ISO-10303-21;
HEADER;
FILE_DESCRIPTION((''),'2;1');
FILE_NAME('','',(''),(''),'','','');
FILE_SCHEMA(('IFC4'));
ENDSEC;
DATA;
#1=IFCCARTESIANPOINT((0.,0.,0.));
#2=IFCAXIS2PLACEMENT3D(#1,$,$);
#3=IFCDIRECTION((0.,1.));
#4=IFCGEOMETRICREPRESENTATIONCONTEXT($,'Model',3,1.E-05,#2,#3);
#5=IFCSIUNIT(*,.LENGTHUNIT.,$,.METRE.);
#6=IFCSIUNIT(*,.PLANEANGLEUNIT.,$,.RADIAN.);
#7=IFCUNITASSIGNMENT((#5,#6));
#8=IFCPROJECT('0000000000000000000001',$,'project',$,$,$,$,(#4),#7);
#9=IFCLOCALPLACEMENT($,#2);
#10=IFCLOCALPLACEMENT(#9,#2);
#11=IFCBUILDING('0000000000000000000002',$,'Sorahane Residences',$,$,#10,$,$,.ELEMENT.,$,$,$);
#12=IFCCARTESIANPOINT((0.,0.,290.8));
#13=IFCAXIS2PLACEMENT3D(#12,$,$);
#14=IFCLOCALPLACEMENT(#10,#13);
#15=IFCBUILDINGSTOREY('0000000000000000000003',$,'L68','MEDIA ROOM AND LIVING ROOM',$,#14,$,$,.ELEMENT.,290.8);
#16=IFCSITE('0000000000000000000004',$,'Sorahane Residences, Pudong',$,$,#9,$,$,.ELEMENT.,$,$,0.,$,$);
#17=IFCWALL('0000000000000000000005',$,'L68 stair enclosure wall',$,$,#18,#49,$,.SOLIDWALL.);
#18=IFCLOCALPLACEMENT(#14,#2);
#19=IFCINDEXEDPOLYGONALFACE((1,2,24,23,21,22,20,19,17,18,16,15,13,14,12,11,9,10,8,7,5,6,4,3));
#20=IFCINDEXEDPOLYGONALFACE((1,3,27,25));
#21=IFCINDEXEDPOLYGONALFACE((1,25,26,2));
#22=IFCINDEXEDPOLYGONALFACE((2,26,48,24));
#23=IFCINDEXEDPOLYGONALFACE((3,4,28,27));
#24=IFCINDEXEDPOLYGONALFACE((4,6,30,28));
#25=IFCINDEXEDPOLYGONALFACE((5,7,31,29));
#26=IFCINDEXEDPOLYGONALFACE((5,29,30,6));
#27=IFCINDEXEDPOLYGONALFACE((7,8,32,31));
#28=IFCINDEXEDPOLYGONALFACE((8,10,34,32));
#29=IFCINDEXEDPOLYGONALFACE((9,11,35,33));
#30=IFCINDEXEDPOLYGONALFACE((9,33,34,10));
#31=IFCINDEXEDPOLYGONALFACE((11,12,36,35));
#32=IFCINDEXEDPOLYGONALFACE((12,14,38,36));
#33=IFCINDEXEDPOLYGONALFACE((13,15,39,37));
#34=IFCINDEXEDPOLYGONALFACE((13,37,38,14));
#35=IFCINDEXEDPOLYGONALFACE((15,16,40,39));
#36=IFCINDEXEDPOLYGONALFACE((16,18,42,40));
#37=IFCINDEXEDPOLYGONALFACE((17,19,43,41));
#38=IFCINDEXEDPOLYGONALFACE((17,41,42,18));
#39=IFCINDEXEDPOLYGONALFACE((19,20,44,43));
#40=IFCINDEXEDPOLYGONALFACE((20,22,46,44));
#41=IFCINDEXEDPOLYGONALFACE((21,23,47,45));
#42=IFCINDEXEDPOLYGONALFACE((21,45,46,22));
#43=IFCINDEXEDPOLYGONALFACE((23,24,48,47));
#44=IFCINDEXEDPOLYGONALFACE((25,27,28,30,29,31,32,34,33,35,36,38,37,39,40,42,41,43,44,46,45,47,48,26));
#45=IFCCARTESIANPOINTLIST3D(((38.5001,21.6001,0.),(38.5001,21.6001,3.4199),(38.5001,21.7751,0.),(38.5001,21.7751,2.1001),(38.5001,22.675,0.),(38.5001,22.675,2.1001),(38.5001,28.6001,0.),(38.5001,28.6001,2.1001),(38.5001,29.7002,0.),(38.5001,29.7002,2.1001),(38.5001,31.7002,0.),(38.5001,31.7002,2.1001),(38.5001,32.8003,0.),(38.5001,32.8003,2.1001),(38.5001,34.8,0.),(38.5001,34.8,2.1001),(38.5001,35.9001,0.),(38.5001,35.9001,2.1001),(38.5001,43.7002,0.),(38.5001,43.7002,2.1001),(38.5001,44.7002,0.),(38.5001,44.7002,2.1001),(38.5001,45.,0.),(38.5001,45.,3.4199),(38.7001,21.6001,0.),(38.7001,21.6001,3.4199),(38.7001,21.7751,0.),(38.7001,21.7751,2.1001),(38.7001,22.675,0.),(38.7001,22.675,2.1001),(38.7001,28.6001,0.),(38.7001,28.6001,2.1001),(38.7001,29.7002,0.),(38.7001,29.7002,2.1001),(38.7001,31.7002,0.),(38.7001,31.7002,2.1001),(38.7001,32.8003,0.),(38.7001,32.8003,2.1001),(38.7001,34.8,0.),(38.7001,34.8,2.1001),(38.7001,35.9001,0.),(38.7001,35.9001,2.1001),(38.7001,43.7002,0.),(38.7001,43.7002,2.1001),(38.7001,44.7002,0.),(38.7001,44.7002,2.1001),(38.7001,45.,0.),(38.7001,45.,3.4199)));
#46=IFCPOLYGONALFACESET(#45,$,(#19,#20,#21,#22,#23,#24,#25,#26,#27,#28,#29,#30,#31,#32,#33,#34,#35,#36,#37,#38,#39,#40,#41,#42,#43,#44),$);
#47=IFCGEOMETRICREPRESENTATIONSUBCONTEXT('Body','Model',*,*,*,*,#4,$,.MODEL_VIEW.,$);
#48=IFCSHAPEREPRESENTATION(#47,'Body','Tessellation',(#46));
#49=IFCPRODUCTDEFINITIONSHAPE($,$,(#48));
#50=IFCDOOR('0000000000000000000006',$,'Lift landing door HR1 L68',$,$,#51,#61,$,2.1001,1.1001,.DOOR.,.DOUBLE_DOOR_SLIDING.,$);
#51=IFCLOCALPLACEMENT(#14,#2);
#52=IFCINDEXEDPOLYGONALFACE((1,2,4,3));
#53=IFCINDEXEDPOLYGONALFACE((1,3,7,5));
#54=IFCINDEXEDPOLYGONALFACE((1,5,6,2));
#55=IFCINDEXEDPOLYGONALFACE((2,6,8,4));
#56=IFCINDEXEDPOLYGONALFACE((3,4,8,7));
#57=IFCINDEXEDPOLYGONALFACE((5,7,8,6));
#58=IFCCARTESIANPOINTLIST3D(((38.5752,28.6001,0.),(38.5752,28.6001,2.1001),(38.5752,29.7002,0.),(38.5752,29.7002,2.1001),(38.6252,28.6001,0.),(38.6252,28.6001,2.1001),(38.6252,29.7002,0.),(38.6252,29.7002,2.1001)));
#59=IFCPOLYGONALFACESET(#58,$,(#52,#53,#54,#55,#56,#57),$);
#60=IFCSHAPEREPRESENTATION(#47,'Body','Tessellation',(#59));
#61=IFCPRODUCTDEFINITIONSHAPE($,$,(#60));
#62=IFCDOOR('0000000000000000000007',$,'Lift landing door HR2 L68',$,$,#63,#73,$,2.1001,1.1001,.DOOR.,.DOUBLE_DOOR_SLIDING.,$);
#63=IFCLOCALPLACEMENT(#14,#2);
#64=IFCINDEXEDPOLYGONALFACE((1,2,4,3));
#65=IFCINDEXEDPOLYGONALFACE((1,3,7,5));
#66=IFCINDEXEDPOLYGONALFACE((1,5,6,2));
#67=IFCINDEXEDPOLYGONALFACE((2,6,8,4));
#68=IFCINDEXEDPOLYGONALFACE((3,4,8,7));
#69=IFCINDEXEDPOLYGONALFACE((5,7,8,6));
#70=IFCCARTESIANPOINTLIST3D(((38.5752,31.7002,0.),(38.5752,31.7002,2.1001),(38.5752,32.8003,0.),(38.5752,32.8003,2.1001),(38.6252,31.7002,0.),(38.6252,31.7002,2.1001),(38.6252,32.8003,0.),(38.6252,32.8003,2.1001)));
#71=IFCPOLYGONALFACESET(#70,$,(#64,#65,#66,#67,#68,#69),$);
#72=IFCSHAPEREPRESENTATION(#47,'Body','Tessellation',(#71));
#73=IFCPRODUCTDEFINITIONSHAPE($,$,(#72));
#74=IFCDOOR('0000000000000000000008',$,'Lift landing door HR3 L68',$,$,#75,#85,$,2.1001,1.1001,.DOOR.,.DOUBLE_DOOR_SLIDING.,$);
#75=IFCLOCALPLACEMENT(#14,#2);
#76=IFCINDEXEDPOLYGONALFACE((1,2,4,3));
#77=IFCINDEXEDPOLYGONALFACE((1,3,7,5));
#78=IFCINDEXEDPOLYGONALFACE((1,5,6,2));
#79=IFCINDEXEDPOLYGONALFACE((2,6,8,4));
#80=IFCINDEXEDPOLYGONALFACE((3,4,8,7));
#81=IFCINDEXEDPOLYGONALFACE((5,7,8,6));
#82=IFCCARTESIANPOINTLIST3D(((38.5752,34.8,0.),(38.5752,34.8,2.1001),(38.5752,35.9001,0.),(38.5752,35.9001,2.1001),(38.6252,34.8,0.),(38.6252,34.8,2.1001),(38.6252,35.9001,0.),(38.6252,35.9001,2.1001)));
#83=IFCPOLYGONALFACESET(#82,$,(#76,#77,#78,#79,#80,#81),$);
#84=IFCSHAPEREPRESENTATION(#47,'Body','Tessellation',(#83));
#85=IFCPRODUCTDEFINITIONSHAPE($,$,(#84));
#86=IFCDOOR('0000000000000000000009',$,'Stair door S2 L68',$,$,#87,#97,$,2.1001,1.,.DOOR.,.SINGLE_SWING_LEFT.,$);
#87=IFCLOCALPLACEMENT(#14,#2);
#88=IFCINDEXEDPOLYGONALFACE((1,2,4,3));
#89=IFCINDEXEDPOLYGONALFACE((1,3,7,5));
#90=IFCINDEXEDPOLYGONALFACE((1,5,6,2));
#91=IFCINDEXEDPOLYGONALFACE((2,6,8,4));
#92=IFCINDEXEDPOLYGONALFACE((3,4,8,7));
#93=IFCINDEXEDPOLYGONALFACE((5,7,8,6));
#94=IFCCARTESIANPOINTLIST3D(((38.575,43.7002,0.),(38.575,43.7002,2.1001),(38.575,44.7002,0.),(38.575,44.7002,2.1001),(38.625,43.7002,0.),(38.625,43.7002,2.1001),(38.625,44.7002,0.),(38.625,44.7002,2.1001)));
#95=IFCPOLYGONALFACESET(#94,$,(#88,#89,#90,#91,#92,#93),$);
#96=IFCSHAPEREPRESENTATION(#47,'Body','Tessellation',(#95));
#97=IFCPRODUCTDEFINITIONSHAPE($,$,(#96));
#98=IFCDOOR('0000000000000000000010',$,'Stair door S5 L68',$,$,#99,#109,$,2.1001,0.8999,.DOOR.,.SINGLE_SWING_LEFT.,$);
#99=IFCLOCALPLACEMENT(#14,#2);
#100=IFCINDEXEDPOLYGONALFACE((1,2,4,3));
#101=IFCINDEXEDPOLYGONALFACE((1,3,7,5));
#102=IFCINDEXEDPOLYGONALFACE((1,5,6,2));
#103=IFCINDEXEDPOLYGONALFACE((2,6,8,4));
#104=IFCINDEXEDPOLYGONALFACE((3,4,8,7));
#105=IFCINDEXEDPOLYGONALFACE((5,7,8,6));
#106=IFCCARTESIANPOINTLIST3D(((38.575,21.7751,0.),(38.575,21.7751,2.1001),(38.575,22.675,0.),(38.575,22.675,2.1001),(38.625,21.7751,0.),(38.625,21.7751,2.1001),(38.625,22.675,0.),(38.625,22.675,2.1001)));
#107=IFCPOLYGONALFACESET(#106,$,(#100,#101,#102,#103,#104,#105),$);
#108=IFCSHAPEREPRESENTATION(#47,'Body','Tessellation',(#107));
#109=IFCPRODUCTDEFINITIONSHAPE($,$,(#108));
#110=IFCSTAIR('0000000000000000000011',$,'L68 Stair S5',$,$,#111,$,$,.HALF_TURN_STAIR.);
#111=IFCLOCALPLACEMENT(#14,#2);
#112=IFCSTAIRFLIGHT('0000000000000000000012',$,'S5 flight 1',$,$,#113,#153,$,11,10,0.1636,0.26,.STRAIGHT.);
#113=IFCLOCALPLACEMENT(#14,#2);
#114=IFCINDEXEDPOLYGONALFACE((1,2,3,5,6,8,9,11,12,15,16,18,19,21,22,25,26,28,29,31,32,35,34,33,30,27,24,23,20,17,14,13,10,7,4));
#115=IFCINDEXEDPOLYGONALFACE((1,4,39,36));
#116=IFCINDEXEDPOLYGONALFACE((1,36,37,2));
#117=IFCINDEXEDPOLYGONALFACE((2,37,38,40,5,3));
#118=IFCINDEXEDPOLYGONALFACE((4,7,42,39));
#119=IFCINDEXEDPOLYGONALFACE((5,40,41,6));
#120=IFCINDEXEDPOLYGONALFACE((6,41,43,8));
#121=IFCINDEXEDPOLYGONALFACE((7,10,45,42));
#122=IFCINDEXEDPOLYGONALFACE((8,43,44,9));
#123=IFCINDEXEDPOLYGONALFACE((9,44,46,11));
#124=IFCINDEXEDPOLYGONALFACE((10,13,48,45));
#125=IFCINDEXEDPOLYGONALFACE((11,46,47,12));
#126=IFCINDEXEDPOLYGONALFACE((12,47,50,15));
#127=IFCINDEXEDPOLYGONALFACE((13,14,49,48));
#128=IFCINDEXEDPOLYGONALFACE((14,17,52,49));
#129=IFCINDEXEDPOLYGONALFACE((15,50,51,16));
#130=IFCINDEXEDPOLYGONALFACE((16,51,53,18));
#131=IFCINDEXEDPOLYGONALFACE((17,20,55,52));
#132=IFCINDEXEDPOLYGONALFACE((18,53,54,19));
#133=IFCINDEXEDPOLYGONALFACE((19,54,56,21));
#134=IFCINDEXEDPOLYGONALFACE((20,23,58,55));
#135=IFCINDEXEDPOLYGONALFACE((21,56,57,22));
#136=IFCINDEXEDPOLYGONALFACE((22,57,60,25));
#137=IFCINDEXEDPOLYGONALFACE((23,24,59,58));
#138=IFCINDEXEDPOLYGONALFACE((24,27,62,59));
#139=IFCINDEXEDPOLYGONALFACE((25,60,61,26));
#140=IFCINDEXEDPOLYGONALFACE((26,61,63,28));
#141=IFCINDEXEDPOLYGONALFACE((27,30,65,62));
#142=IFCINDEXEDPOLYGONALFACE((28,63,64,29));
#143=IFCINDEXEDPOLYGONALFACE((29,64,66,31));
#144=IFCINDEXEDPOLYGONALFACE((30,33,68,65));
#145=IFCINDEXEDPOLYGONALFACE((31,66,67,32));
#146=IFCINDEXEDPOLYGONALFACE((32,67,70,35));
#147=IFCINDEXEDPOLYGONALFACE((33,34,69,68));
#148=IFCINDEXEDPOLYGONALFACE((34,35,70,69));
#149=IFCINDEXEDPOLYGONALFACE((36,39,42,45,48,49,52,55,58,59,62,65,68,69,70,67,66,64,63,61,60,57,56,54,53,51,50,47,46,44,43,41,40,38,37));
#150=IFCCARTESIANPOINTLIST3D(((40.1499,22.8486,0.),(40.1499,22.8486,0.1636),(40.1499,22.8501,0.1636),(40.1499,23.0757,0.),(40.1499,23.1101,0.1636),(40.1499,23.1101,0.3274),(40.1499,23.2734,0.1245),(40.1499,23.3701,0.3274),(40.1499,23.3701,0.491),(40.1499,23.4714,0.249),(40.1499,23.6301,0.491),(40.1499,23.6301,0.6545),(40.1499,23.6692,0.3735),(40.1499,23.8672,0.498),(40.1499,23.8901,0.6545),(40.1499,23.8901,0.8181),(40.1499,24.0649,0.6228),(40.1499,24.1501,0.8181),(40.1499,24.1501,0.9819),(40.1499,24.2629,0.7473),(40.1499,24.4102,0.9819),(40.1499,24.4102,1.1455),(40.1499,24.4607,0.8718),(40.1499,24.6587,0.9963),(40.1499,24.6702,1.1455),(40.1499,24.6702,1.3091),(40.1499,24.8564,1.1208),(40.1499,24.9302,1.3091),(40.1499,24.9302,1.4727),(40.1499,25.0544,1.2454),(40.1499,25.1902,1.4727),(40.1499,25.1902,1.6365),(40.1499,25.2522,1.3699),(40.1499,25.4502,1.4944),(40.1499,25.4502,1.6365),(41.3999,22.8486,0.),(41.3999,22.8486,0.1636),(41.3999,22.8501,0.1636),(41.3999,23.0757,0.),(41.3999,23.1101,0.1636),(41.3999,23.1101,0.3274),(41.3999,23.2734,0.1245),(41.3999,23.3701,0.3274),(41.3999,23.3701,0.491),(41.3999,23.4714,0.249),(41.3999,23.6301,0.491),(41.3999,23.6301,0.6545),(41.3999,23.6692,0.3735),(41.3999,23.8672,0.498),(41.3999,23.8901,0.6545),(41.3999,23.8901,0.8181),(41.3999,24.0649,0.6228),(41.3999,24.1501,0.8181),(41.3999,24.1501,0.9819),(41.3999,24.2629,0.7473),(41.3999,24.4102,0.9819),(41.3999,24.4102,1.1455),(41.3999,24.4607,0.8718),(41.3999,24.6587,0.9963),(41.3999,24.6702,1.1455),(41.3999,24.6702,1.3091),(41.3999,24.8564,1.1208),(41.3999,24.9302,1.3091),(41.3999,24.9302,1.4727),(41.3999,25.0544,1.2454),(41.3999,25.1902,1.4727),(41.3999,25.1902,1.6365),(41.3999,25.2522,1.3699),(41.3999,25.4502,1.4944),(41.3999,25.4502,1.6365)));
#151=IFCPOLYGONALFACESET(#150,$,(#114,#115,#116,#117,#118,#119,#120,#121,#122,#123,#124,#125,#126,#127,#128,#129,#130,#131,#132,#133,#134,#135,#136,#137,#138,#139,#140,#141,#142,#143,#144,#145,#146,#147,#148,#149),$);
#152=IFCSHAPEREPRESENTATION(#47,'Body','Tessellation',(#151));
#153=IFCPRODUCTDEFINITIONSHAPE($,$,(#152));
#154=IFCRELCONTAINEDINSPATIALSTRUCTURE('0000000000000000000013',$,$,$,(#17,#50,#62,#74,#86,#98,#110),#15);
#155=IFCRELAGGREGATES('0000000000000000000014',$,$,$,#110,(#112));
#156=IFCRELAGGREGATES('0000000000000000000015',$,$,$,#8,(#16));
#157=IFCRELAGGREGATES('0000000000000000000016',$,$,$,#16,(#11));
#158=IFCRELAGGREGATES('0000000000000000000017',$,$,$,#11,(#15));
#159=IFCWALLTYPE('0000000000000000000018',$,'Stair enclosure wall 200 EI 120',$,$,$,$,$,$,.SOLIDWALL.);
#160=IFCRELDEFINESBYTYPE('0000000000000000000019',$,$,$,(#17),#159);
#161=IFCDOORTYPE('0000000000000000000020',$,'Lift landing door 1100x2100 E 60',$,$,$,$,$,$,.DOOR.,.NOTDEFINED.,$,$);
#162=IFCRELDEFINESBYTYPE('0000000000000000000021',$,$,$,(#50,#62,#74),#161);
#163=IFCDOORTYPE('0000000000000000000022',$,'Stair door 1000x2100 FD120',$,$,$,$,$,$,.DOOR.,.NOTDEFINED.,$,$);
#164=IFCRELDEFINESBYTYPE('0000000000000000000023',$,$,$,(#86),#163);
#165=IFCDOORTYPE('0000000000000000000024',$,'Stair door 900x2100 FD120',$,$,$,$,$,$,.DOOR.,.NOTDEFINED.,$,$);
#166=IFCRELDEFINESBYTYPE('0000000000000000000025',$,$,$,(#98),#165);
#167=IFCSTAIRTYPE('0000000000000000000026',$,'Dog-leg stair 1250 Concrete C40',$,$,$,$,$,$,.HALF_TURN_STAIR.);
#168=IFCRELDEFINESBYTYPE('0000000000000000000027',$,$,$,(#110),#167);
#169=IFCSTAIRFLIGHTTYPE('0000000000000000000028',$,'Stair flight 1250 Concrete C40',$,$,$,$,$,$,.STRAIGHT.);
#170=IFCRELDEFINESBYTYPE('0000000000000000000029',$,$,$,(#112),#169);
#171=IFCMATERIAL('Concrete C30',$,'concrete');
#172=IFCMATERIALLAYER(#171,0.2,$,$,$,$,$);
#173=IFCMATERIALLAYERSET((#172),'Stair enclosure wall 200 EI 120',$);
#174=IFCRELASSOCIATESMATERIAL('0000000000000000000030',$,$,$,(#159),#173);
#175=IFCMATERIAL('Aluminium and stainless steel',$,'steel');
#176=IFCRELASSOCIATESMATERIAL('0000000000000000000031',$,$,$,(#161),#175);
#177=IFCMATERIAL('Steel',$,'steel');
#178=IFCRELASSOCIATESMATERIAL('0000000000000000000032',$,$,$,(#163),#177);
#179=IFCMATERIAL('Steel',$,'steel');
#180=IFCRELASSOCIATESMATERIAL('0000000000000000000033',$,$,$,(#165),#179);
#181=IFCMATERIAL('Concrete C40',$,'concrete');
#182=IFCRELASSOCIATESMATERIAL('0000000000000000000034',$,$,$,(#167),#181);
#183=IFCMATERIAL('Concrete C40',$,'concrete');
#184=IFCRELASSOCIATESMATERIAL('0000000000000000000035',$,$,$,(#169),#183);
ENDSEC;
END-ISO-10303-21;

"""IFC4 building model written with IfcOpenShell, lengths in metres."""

from ifc_helpers import new_model, si_unit, direction, frame, frame_2d, origin, place, context, subcontext, project, spatial, polyline, rectangle, outline, extrude, material, layer, layer_set, type_object, element, fill, aggregate, save


model = new_model("IFC4")

# Units and contexts
model_context = context("Model", 3, precision=1e-05, world=origin(), true_north=direction((0.0, 1.0)))
body_context = subcontext(model_context, "Body", "Model", "MODEL_VIEW")
ifc_project = project(units=[si_unit("LENGTHUNIT", "METRE"), si_unit("PLANEANGLEUNIT", "RADIAN")], contexts=[model_context])

# Site, building, storey
site_placement = place(None, origin())
site = spatial("IfcSite", under=ifc_project, at=site_placement, Name="Sorahane Residences, Pudong", CompositionType="ELEMENT", RefElevation=0.0)
building_placement = place(site_placement, origin())
building = spatial("IfcBuilding", under=site, at=building_placement, Name="Sorahane Residences", CompositionType="ELEMENT")
storey_placement = place(building_placement, frame((0.0, 0.0, 290.8)))
storey = spatial("IfcBuildingStorey", under=building, at=storey_placement, Name="L68", Description="MEDIA ROOM AND LIVING ROOM", CompositionType="ELEMENT", Elevation=290.8)

# Wall, openings, doors
ifc_material_1 = material(Name="Concrete C30", Category="concrete")
ifc_layer_1 = layer(ifc_material_1, 0.2)
ifc_layer_set_1 = layer_set([ifc_layer_1], Name="Stair enclosure wall 200 EI 120")
wall_type_1 = type_object("IfcWallType", Name="Stair enclosure wall 200 EI 120", PredefinedType="SOLIDWALL", material=ifc_layer_set_1)
wall_1_placement = place(storey_placement, frame((38.6001, 21.6001, 0.0), z_axis=(0.0, 0.0, 1.0), x_axis=(0.0, 1.0, 0.0)))
wall_1 = element("IfcWall", 1, at=wall_1_placement, inside=storey, type_object=wall_type_1, Name="L68 stair enclosure wall", PredefinedType="SOLIDWALL", context=body_context, shape_type="SweptSolid", body=[
    extrude(rectangle(XDim=23.3999, YDim=0.2, at=frame_2d((11.7, 0.0))), origin(), (0.0, 0.0, 1.0), 3.4199),
])
opening_1_placement = place(wall_1_placement, frame((7.0, 0.0, 0.0)))
opening_1 = element("IfcOpeningElement", 2, at=opening_1_placement, cuts=wall_1, PredefinedType="OPENING", context=body_context, shape_type="SweptSolid", body=[
    extrude(rectangle(XDim=1.1001, YDim=2.1001, at=frame_2d((0.55, 1.05))), frame((0.0, 0.1099, 0.0), z_axis=(0.0, -1.0, 0.0), x_axis=(1.0, 0.0, 0.0)), (0.0, 0.0, 1.0), 0.22),
])
opening_2_placement = place(wall_1_placement, frame((10.1001, 0.0, 0.0)))
opening_2 = element("IfcOpeningElement", 3, at=opening_2_placement, cuts=wall_1, PredefinedType="OPENING", context=body_context, shape_type="SweptSolid", body=[
    extrude(rectangle(XDim=1.1001, YDim=2.1001, at=frame_2d((0.55, 1.05))), frame((0.0, 0.1099, 0.0), z_axis=(0.0, -1.0, 0.0), x_axis=(1.0, 0.0, 0.0)), (0.0, 0.0, 1.0), 0.22),
])
opening_3_placement = place(wall_1_placement, frame((13.2, 0.0, 0.0)))
opening_3 = element("IfcOpeningElement", 4, at=opening_3_placement, cuts=wall_1, PredefinedType="OPENING", context=body_context, shape_type="SweptSolid", body=[
    extrude(rectangle(XDim=1.1001, YDim=2.1001, at=frame_2d((0.55, 1.05))), frame((0.0, 0.1099, 0.0), z_axis=(0.0, -1.0, 0.0), x_axis=(1.0, 0.0, 0.0)), (0.0, 0.0, 1.0), 0.22),
])
opening_4_placement = place(wall_1_placement, frame((22.1001, 0.0, 0.0)))
opening_4 = element("IfcOpeningElement", 5, at=opening_4_placement, cuts=wall_1, PredefinedType="OPENING", context=body_context, shape_type="SweptSolid", body=[
    extrude(rectangle(XDim=1.0, YDim=2.1001, at=frame_2d((0.5, 1.05))), frame((0.0, 0.1099, 0.0), z_axis=(0.0, -1.0, 0.0), x_axis=(1.0, 0.0, 0.0)), (0.0, 0.0, 1.0), 0.22),
])
opening_5_placement = place(wall_1_placement, frame((0.175, 0.0, 0.0)))
opening_5 = element("IfcOpeningElement", 6, at=opening_5_placement, cuts=wall_1, PredefinedType="OPENING", context=body_context, shape_type="SweptSolid", body=[
    extrude(rectangle(XDim=0.8999, YDim=2.1001, at=frame_2d((0.45, 1.05))), frame((0.0, 0.1099, 0.0), z_axis=(0.0, -1.0, 0.0), x_axis=(1.0, 0.0, 0.0)), (0.0, 0.0, 1.0), 0.22),
])
ifc_material_2 = material(Name="Aluminium and stainless steel", Category="steel")
door_type_1 = type_object("IfcDoorType", Name="Lift landing door 1100x2100 E 60", OperationType="NOTDEFINED", PredefinedType="DOOR", material=ifc_material_2)
door_1_placement = place(opening_1_placement, origin())
door_1 = element("IfcDoor", 7, at=door_1_placement, inside=storey, type_object=door_type_1, Name="Lift landing door HR1 L68", OperationType="DOUBLE_DOOR_SLIDING", OverallHeight=2.1001, OverallWidth=1.1001, PredefinedType="DOOR", context=body_context, shape_type="SweptSolid", body=[
    extrude(rectangle(XDim=1.1001, YDim=2.1001, at=frame_2d((0.55, 1.05))), frame((0.0, 0.0249, 0.0), z_axis=(0.0, -1.0, 0.0), x_axis=(1.0, 0.0, 0.0)), (0.0, 0.0, 1.0), 0.05),
])
fill(opening_1, door_1)
door_2_placement = place(opening_2_placement, origin())
door_2 = element("IfcDoor", 8, at=door_2_placement, inside=storey, type_object=door_type_1, Name="Lift landing door HR2 L68", OperationType="DOUBLE_DOOR_SLIDING", OverallHeight=2.1001, OverallWidth=1.1001, PredefinedType="DOOR", context=body_context, shape_type="SweptSolid", body=[
    extrude(rectangle(XDim=1.1001, YDim=2.1001, at=frame_2d((0.55, 1.05))), frame((0.0, 0.0249, 0.0), z_axis=(0.0, -1.0, 0.0), x_axis=(1.0, 0.0, 0.0)), (0.0, 0.0, 1.0), 0.05),
])
fill(opening_2, door_2)
door_3_placement = place(opening_3_placement, origin())
door_3 = element("IfcDoor", 9, at=door_3_placement, inside=storey, type_object=door_type_1, Name="Lift landing door HR3 L68", OperationType="DOUBLE_DOOR_SLIDING", OverallHeight=2.1001, OverallWidth=1.1001, PredefinedType="DOOR", context=body_context, shape_type="SweptSolid", body=[
    extrude(rectangle(XDim=1.1001, YDim=2.1001, at=frame_2d((0.55, 1.05))), frame((0.0, 0.0249, 0.0), z_axis=(0.0, -1.0, 0.0), x_axis=(1.0, 0.0, 0.0)), (0.0, 0.0, 1.0), 0.05),
])
fill(opening_3, door_3)
ifc_material_3 = material(Name="Steel", Category="steel")
door_type_2 = type_object("IfcDoorType", Name="Stair door 1000x2100 FD120", OperationType="NOTDEFINED", PredefinedType="DOOR", material=ifc_material_3)
door_4_placement = place(opening_4_placement, frame((1.0, 0.0, 0.0), z_axis=(0.0, 0.0, 1.0), x_axis=(-1.0, 0.0, 0.0)))
door_4 = element("IfcDoor", 10, at=door_4_placement, inside=storey, type_object=door_type_2, Name="Stair door S2 L68", OperationType="SINGLE_SWING_LEFT", OverallHeight=2.1001, OverallWidth=1.0, PredefinedType="DOOR", context=body_context, shape_type="SweptSolid", body=[
    extrude(rectangle(XDim=1.0, YDim=2.1001, at=frame_2d((0.5, 1.05))), frame((0.0, 0.0249, 0.0), z_axis=(0.0, -1.0, 0.0), x_axis=(1.0, 0.0, 0.0)), (0.0, 0.0, 1.0), 0.05),
])
fill(opening_4, door_4)
ifc_material_4 = material(Name="Steel", Category="steel")
door_type_3 = type_object("IfcDoorType", Name="Stair door 900x2100 FD120", OperationType="NOTDEFINED", PredefinedType="DOOR", material=ifc_material_4)
door_5_placement = place(opening_5_placement, frame((0.8999, 0.0, 0.0), z_axis=(0.0, 0.0, 1.0), x_axis=(-1.0, 0.0, 0.0)))
door_5 = element("IfcDoor", 11, at=door_5_placement, inside=storey, type_object=door_type_3, Name="Stair door S5 L68", OperationType="SINGLE_SWING_LEFT", OverallHeight=2.1001, OverallWidth=0.8999, PredefinedType="DOOR", context=body_context, shape_type="SweptSolid", body=[
    extrude(rectangle(XDim=0.8999, YDim=2.1001, at=frame_2d((0.45, 1.05))), frame((0.0, 0.0249, 0.0), z_axis=(0.0, -1.0, 0.0), x_axis=(1.0, 0.0, 0.0)), (0.0, 0.0, 1.0), 0.05),
])
fill(opening_5, door_5)

# Stair, stair flight
ifc_material_5 = material(Name="Concrete C40", Category="concrete")
stair_type = type_object("IfcStairType", Name="Dog-leg stair 1250 Concrete C40", PredefinedType="HALF_TURN_STAIR", material=ifc_material_5)
stair_placement = place(storey_placement, origin())
stair = element("IfcStair", 12, at=stair_placement, inside=storey, type_object=stair_type, Name="L68 Stair S5", PredefinedType="HALF_TURN_STAIR")
ifc_material_6 = material(Name="Concrete C40", Category="concrete")
stair_flight_type = type_object("IfcStairFlightType", Name="Stair flight 1250 Concrete C40", PredefinedType="STRAIGHT", material=ifc_material_6)
stair_flight_1_placement = place(storey_placement, frame((40.7749, 22.8501, 0.0), z_axis=(0.0, 0.0, 1.0), x_axis=(0.0, 1.0, 0.0)))
stair_flight_1 = element("IfcStairFlight", 13, at=stair_flight_1_placement, type_object=stair_flight_type, Name="S5 flight 1", NumberOfRisers=11, NumberOfTreads=10, PredefinedType="STRAIGHT", RiserHeight=0.1636, TreadLength=0.26, context=body_context, shape_type="SweptSolid", body=[
    extrude(outline(polyline([(-0.0015, 0.0), (-0.0015, 0.1636), (0.0, 0.1636), (0.26, 0.1636), (0.26, 0.3274), (0.52, 0.3274), (0.52, 0.491), (0.78, 0.491), (0.78, 0.6545), (1.04, 0.6545), (1.04, 0.8181), (1.3, 0.8181), (1.3, 0.9819), (1.5601, 0.9819), (1.5601, 1.1455), (1.8201, 1.1455), (1.8201, 1.3091), (2.0801, 1.3091), (2.0801, 1.4727), (2.3401, 1.4727), (2.3401, 1.6365), (2.6001, 1.6365), (2.6001, 1.8), (2.6001, 1.4944), (2.4021, 1.3699), (2.2043, 1.2454), (2.0063, 1.1208), (1.8086, 0.9963), (1.6106, 0.8718), (1.4128, 0.7473), (1.2148, 0.6228), (1.0171, 0.498), (0.8191, 0.3735), (0.6213, 0.249), (0.4233, 0.1245), (0.2256, 0.0), (-0.0015, 0.0)])), frame((0.0, 0.625, 0.0), z_axis=(0.0, -1.0, 0.0), x_axis=(1.0, 0.0, 0.0)), (0.0, 0.0, 1.0), 1.25),
])
aggregate(stair, [stair_flight_1])

save(model, "model.ifc")
